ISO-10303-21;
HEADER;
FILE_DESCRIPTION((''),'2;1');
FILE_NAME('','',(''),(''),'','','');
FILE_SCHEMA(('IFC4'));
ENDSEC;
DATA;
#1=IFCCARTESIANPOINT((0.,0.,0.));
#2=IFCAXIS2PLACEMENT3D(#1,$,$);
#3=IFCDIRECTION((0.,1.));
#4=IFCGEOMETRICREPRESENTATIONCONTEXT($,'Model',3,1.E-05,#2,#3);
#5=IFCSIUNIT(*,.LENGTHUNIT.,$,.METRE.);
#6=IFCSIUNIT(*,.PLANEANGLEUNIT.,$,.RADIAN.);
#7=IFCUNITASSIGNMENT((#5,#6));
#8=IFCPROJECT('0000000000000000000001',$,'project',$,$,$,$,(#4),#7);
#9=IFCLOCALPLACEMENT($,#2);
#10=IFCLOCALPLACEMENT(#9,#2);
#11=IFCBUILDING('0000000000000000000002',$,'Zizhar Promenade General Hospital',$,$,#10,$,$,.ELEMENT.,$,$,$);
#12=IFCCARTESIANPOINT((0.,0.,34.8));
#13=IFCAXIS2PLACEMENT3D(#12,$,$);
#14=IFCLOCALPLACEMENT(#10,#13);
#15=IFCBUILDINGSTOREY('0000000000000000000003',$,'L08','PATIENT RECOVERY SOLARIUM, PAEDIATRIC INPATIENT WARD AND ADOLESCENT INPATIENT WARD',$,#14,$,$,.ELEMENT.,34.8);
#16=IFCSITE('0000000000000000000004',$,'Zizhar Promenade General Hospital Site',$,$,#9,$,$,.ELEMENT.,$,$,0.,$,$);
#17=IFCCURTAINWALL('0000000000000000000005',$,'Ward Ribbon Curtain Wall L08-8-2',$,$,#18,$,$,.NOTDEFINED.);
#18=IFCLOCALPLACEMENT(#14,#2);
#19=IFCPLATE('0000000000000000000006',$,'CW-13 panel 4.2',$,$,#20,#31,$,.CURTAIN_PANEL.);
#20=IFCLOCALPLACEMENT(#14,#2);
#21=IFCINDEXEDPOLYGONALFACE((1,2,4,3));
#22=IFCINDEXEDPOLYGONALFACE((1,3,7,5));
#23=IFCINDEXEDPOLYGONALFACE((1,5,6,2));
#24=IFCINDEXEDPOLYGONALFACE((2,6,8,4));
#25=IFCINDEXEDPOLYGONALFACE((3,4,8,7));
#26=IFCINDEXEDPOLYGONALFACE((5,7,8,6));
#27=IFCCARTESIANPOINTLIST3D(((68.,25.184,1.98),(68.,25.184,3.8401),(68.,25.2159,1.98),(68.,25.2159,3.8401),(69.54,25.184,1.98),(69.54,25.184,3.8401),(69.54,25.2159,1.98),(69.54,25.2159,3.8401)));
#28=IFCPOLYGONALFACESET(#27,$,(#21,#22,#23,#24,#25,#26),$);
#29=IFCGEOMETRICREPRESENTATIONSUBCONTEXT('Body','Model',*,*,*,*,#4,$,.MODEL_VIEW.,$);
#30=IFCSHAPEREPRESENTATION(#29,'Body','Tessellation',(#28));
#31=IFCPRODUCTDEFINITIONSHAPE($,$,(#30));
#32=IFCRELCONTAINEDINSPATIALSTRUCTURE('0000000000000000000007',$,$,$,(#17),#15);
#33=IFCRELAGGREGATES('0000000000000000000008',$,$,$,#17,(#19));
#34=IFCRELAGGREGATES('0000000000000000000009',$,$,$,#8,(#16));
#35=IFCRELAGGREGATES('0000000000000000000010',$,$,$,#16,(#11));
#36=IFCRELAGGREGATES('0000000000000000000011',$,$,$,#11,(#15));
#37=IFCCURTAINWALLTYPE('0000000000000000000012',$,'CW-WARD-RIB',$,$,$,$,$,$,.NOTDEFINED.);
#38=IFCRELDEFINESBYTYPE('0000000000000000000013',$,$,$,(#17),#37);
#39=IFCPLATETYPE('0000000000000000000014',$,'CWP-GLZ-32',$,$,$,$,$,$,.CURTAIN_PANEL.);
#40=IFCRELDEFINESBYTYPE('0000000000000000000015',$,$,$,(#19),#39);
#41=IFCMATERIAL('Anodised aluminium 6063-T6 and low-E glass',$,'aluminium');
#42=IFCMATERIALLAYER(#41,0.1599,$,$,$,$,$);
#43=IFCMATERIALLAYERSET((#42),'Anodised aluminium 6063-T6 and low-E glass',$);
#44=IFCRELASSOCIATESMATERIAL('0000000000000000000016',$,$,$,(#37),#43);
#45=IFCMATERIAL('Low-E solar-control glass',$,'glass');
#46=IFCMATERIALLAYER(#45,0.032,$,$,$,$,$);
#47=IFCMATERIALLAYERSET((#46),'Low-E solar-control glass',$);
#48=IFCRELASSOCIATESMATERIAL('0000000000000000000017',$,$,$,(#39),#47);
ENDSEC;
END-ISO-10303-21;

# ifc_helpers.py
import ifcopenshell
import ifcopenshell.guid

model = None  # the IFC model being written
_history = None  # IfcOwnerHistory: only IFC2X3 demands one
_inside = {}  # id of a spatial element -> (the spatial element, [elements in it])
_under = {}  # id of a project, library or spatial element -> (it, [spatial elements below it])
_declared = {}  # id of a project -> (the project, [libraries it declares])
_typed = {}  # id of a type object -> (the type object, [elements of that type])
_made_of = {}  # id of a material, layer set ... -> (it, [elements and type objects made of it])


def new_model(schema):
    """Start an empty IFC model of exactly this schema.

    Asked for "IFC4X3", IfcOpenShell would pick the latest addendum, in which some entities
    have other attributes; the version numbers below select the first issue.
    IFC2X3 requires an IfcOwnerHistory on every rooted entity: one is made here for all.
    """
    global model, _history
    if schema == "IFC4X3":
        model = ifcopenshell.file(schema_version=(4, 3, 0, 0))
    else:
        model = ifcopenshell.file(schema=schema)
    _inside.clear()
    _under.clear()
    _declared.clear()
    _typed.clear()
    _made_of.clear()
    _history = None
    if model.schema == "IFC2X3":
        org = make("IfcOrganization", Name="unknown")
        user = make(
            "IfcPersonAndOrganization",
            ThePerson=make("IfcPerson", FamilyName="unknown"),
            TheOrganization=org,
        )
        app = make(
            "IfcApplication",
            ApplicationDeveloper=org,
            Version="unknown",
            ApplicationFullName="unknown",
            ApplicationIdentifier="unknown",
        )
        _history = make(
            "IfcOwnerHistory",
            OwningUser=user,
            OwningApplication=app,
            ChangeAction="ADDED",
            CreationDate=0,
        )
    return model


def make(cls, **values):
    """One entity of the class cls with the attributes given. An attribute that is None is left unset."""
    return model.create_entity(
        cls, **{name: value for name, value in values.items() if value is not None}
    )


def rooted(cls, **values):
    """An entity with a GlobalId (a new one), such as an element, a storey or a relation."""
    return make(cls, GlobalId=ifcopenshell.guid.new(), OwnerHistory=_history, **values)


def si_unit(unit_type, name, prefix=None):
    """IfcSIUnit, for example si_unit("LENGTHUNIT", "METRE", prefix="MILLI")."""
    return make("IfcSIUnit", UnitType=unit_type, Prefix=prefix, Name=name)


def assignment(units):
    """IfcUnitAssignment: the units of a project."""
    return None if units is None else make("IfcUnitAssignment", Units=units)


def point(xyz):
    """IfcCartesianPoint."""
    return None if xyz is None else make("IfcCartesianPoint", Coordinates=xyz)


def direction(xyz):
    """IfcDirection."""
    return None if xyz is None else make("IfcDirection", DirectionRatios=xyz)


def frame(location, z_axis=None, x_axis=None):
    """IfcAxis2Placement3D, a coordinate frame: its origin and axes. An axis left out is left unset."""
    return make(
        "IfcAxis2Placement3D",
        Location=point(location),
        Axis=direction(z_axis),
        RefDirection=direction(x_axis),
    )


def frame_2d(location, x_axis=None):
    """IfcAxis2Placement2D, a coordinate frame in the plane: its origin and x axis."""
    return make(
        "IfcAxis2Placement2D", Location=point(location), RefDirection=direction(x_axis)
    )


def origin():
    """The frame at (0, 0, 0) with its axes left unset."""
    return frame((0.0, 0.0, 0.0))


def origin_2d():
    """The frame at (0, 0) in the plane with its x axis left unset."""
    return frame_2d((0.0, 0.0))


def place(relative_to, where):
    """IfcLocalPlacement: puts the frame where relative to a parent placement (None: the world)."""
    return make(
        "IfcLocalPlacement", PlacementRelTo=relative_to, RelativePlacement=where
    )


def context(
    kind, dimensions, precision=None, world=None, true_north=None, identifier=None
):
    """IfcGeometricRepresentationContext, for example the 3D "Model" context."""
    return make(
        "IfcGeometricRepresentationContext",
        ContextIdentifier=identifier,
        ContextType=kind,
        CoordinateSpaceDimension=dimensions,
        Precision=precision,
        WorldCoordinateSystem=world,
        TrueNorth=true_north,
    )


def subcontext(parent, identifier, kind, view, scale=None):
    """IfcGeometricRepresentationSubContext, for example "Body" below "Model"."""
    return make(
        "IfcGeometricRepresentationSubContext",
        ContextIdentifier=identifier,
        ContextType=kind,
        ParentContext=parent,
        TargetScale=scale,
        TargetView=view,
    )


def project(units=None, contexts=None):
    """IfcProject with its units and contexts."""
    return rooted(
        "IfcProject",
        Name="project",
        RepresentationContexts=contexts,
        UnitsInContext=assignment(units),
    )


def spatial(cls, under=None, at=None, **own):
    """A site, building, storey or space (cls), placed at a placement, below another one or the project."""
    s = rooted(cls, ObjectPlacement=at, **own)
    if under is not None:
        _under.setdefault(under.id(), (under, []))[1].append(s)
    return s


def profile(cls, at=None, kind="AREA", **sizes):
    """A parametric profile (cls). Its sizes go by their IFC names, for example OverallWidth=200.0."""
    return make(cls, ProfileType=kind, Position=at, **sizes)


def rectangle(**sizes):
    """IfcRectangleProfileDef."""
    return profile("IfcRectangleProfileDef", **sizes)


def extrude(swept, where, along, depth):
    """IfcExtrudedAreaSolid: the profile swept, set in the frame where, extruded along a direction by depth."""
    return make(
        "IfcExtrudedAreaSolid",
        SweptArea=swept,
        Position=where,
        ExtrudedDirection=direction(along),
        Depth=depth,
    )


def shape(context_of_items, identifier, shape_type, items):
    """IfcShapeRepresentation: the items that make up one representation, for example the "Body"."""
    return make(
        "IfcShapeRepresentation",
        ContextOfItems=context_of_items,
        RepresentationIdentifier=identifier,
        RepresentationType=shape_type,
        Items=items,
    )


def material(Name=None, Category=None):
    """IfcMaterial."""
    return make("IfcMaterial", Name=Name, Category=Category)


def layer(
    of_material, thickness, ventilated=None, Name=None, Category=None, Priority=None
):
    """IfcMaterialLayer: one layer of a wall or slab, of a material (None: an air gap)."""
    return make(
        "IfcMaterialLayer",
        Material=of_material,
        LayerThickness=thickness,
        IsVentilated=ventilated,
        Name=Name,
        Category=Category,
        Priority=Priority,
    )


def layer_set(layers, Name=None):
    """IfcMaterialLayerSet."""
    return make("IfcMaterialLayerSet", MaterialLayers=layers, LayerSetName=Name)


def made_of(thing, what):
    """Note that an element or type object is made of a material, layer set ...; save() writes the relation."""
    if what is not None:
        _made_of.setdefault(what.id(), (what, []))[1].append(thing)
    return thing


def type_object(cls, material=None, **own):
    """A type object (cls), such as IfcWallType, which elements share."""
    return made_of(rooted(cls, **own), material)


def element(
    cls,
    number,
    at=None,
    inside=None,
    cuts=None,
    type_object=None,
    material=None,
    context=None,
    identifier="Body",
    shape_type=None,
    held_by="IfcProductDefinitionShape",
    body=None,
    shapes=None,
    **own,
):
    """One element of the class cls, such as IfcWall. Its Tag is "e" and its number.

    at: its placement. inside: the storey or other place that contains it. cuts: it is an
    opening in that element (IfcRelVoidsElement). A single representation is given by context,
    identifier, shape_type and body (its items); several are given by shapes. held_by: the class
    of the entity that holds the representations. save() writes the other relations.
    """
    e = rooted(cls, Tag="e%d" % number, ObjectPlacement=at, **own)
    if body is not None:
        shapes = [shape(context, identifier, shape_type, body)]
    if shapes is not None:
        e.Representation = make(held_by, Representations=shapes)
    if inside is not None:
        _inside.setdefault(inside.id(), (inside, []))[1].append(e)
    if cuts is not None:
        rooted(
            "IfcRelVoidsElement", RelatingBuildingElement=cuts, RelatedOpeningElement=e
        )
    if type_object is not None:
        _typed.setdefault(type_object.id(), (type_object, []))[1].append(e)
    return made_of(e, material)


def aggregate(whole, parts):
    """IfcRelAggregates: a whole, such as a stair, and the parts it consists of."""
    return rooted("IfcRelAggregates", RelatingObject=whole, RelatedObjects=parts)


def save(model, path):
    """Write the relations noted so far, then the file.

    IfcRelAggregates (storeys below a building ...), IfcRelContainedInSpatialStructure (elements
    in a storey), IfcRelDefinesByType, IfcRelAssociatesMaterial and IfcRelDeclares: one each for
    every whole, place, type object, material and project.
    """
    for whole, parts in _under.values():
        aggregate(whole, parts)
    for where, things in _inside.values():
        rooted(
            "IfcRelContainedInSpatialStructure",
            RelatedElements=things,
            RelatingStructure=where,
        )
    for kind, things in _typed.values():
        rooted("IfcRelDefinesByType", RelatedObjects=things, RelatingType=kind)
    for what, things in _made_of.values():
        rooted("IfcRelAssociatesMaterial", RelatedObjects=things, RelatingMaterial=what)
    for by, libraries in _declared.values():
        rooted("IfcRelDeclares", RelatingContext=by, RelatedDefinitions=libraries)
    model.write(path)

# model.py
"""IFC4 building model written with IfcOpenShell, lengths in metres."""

from ifc_helpers import new_model, si_unit, direction, frame, origin, origin_2d, place, context, subcontext, project, spatial, rectangle, extrude, material, layer, layer_set, type_object, element, aggregate, save


model = new_model("IFC4")

# Units and contexts
model_context = context("Model", 3, precision=1e-05, world=origin(), true_north=direction((0.0, 1.0)))
body_context = subcontext(model_context, "Body", "Model", "MODEL_VIEW")
ifc_project = project(units=[si_unit("LENGTHUNIT", "METRE"), si_unit("PLANEANGLEUNIT", "RADIAN")], contexts=[model_context])

# Site, building, storey
site_placement = place(None, origin())
site = spatial("IfcSite", under=ifc_project, at=site_placement, Name="Zizhar Promenade General Hospital Site", CompositionType="ELEMENT", RefElevation=0.0)
building_placement = place(site_placement, origin())
building = spatial("IfcBuilding", under=site, at=building_placement, Name="Zizhar Promenade General Hospital", CompositionType="ELEMENT")
storey_placement = place(building_placement, frame((0.0, 0.0, 34.8)))
storey = spatial("IfcBuildingStorey", under=building, at=storey_placement, Name="L08", Description="PATIENT RECOVERY SOLARIUM, PAEDIATRIC INPATIENT WARD AND ADOLESCENT INPATIENT WARD", CompositionType="ELEMENT", Elevation=34.8)

# Curtain wall, plate
ifc_material_1 = material(Name="Anodised aluminium 6063-T6 and low-E glass", Category="aluminium")
ifc_layer_1 = layer(ifc_material_1, 0.1599)
ifc_layer_set_1 = layer_set([ifc_layer_1], Name="Anodised aluminium 6063-T6 and low-E glass")
curtain_wall_type = type_object("IfcCurtainWallType", Name="CW-WARD-RIB", PredefinedType="NOTDEFINED", material=ifc_layer_set_1)
curtain_wall_placement = place(storey_placement, origin())
curtain_wall = element("IfcCurtainWall", 1, at=curtain_wall_placement, inside=storey, type_object=curtain_wall_type, Name="Ward Ribbon Curtain Wall L08-8-2", PredefinedType="NOTDEFINED")
ifc_material_2 = material(Name="Low-E solar-control glass", Category="glass")
ifc_layer_2 = layer(ifc_material_2, 0.032)
ifc_layer_set_2 = layer_set([ifc_layer_2], Name="Low-E solar-control glass")
plate_type = type_object("IfcPlateType", Name="CWP-GLZ-32", PredefinedType="CURTAIN_PANEL", material=ifc_layer_set_2)
plate_1_placement = place(storey_placement, frame((68.77, 25.2, 1.98), z_axis=(0.0, 0.0, 1.0), x_axis=(1.0, 0.0, 0.0)))
plate_1 = element("IfcPlate", 2, at=plate_1_placement, type_object=plate_type, Name="CW-13 panel 4.2", PredefinedType="CURTAIN_PANEL", context=body_context, shape_type="SweptSolid", body=[
    extrude(rectangle(XDim=1.54, YDim=0.032, at=origin_2d()), origin(), (0.0, 0.0, 1.0), 1.8601),
])
aggregate(curtain_wall, [plate_1])

save(model, "model.ifc")
